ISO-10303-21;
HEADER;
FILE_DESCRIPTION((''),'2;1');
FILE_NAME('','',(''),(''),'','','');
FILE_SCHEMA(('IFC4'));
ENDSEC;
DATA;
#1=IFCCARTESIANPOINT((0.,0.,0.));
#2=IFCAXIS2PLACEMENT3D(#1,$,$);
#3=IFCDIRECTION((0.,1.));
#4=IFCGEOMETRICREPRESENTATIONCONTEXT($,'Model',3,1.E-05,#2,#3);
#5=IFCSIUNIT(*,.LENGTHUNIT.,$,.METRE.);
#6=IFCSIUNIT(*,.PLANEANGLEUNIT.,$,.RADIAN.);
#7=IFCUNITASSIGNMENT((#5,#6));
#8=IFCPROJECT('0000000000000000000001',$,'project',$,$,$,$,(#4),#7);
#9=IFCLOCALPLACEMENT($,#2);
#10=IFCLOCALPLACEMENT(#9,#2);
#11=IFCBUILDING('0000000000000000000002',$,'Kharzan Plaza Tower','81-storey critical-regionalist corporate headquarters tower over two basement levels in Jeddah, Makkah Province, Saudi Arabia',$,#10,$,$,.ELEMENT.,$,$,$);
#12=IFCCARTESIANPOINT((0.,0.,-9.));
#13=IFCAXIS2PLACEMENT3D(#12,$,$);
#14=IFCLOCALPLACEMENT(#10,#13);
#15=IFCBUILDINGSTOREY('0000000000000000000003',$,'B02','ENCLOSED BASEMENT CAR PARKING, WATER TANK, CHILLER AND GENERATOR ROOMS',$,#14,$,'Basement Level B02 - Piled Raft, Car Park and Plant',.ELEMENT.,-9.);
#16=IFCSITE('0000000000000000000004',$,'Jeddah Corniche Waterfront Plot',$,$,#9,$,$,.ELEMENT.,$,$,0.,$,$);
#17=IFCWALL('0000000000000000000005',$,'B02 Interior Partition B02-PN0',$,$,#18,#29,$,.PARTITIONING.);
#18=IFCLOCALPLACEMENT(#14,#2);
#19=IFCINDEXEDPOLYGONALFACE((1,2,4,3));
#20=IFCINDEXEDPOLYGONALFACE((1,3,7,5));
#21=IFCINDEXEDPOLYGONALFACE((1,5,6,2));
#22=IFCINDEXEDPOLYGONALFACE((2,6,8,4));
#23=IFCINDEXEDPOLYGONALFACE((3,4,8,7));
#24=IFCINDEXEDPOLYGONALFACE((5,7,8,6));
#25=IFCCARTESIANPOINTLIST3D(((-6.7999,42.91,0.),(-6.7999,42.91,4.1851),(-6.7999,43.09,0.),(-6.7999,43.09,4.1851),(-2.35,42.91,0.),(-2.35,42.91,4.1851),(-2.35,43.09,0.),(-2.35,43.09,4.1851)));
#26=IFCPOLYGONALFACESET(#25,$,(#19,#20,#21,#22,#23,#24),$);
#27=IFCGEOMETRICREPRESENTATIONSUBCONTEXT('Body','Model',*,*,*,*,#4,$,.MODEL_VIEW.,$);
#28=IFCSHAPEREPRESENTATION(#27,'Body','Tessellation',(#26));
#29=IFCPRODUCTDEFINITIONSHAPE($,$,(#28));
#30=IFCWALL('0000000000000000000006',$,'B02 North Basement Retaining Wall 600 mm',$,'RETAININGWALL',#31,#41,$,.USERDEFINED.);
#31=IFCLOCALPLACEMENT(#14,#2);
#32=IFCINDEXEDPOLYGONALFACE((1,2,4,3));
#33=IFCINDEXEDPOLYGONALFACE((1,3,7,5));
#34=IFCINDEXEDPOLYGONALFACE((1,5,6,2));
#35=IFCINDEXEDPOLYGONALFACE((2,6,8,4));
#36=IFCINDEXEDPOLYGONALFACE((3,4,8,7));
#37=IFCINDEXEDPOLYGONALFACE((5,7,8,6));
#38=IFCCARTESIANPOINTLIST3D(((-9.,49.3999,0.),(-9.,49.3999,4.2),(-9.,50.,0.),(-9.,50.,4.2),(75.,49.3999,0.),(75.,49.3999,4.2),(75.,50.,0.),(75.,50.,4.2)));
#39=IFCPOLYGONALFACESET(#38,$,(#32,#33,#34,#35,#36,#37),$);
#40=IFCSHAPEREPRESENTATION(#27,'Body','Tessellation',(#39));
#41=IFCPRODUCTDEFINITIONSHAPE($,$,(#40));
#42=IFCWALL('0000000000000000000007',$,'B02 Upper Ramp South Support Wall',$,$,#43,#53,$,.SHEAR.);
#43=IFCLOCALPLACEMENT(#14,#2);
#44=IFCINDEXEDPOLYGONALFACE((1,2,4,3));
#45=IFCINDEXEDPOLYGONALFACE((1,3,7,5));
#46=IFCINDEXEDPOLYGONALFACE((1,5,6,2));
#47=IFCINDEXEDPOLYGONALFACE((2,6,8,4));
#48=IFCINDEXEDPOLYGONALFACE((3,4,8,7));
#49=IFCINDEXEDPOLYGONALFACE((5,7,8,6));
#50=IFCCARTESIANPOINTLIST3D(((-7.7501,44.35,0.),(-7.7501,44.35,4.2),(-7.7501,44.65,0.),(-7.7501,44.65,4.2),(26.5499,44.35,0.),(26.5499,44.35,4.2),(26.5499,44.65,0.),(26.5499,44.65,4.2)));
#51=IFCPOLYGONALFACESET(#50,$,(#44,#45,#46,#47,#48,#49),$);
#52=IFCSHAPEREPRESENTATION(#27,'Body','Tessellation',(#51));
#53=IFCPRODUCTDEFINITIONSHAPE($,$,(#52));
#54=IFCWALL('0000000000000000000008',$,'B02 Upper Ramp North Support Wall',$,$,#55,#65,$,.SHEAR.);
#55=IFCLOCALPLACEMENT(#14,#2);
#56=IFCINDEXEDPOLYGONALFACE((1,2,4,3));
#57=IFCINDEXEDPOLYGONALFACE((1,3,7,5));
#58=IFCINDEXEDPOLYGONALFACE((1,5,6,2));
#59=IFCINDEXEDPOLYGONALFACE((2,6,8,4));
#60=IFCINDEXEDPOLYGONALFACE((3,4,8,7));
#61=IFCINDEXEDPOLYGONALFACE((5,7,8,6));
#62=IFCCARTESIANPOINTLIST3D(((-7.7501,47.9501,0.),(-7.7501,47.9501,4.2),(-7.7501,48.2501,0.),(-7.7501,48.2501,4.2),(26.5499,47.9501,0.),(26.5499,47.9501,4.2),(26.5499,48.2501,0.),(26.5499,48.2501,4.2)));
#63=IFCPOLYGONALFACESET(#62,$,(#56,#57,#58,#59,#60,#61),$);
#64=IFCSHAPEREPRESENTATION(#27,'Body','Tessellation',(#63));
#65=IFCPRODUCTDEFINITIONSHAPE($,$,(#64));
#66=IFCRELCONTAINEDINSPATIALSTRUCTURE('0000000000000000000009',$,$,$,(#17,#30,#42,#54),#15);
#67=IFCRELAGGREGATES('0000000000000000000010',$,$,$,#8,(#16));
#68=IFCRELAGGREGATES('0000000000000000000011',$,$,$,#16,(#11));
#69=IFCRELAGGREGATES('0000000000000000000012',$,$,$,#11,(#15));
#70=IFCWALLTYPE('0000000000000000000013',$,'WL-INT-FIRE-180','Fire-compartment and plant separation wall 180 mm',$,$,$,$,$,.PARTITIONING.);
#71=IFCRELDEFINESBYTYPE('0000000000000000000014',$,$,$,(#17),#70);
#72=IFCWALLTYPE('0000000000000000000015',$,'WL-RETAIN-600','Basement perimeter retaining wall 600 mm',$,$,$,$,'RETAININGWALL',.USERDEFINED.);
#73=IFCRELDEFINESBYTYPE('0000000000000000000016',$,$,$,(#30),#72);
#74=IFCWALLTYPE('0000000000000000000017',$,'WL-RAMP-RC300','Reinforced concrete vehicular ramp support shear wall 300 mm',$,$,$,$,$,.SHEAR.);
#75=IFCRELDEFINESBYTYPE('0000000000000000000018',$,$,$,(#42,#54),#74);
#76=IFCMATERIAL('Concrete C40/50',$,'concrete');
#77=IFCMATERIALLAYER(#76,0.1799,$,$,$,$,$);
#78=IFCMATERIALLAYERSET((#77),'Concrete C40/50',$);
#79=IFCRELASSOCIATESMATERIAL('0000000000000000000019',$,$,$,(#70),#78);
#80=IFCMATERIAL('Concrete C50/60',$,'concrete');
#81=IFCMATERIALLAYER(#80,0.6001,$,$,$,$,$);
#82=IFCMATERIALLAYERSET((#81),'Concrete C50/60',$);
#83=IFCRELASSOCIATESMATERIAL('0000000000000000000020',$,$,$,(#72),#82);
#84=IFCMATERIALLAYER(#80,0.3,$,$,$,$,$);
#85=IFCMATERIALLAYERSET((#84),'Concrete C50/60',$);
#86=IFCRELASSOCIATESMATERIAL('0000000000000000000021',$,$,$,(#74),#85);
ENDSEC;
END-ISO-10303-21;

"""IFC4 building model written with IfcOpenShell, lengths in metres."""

from ifc_helpers import new_model, si_unit, direction, frame, frame_2d, origin, place, context, subcontext, project, spatial, rectangle, extrude, source, transform, mapped, material, layer, layer_set, type_object, element, save


model = new_model("IFC4")

# Units and contexts
model_context = context("Model", 3, precision=1e-05, world=origin(), true_north=direction((0.0, 1.0)))
body_context = subcontext(model_context, "Body", "Model", "MODEL_VIEW")
ifc_project = project(units=[si_unit("LENGTHUNIT", "METRE"), si_unit("PLANEANGLEUNIT", "RADIAN")], contexts=[model_context])

# Site, building, storey
site_placement = place(None, origin())
site = spatial("IfcSite", under=ifc_project, at=site_placement, Name="Jeddah Corniche Waterfront Plot", CompositionType="ELEMENT", RefElevation=0.0)
building_placement = place(site_placement, origin())
building = spatial("IfcBuilding", under=site, at=building_placement, Name="Kharzan Plaza Tower", Description="81-storey critical-regionalist corporate headquarters tower over two basement levels in Jeddah, Makkah Province, Saudi Arabia", CompositionType="ELEMENT")
storey_placement = place(building_placement, frame((0.0, 0.0, -9.0)))
storey = spatial("IfcBuildingStorey", under=building, at=storey_placement, Name="B02", Description="ENCLOSED BASEMENT CAR PARKING, WATER TANK, CHILLER AND GENERATOR ROOMS", LongName="Basement Level B02 - Piled Raft, Car Park and Plant", CompositionType="ELEMENT", Elevation=-9.0)

# Shared definitions
ifc_material_1 = material(Name="Concrete C50/60", Category="concrete")

# Walls
ifc_material_2 = material(Name="Concrete C40/50", Category="concrete")
ifc_layer_1 = layer(ifc_material_2, 0.1799)
ifc_layer_set_1 = layer_set([ifc_layer_1], Name="Concrete C40/50")
wall_type_1 = type_object("IfcWallType", Name="WL-INT-FIRE-180", Description="Fire-compartment and plant separation wall 180 mm", PredefinedType="PARTITIONING", material=ifc_layer_set_1)
shared_shape_1 = source(origin(), body_context, "Body", "SweptSolid", [
    extrude(rectangle(XDim=4.45, YDim=0.1799, at=frame_2d((2.2251, 0.0))), origin(), (0.0, 0.0, 1.0), 4.1851),
])
wall_1_placement = place(storey_placement, frame((-6.8, 43.0, 0.0), z_axis=(0.0, 0.0, 1.0), x_axis=(1.0, 0.0, 0.0)))
element("IfcWall", 1, at=wall_1_placement, inside=storey, type_object=wall_type_1, Name="B02 Interior Partition B02-PN0", PredefinedType="PARTITIONING", context=body_context, shape_type="MappedRepresentation", body=[
    mapped(shared_shape_1, transform((0.0, 0.0, 0.0), x_axis=(1.0, 0.0, 0.0), y_axis=(0.0, 1.0, 0.0), z_axis=(0.0, 0.0, 1.0))),
])
ifc_layer_2 = layer(ifc_material_1, 0.6001)
ifc_layer_set_2 = layer_set([ifc_layer_2], Name="Concrete C50/60")
wall_type_2 = type_object("IfcWallType", Name="WL-RETAIN-600", Description="Basement perimeter retaining wall 600 mm", ElementType="RETAININGWALL", PredefinedType="USERDEFINED", material=ifc_layer_set_2)
shared_shape_2 = source(origin(), body_context, "Body", "SweptSolid", [
    extrude(rectangle(XDim=84.0, YDim=0.6001, at=frame_2d((42.0, 0.0))), origin(), (0.0, 0.0, 1.0), 4.2),
])
wall_2_placement = place(storey_placement, frame((-9.0, 49.7, 0.0), z_axis=(0.0, 0.0, 1.0), x_axis=(1.0, 0.0, 0.0)))
element("IfcWall", 2, at=wall_2_placement, inside=storey, type_object=wall_type_2, Name="B02 North Basement Retaining Wall 600 mm", ObjectType="RETAININGWALL", PredefinedType="USERDEFINED", context=body_context, shape_type="MappedRepresentation", body=[
    mapped(shared_shape_2, transform((0.0, 0.0, 0.0), x_axis=(1.0, 0.0, 0.0), y_axis=(0.0, 1.0, 0.0), z_axis=(0.0, 0.0, 1.0))),
])
ifc_layer_3 = layer(ifc_material_1, 0.3)
ifc_layer_set_3 = layer_set([ifc_layer_3], Name="Concrete C50/60")
wall_type_3 = type_object("IfcWallType", Name="WL-RAMP-RC300", Description="Reinforced concrete vehicular ramp support shear wall 300 mm", PredefinedType="SHEAR", material=ifc_layer_set_3)
shared_shape_3 = source(origin(), body_context, "Body", "SweptSolid", [
    extrude(rectangle(XDim=34.3, YDim=0.3, at=frame_2d((17.1499, 0.0))), origin(), (0.0, 0.0, 1.0), 4.2),
])
for number, where, z_axis, x_axis, name in (
    (3, (-7.75, 44.5, 0.0), (0.0, 0.0, 1.0), (1.0, 0.0, 0.0), "B02 Upper Ramp South Support Wall"),
    (4, (-7.75, 48.1001, 0.0), (0.0, 0.0, 1.0), (1.0, 0.0, 0.0), "B02 Upper Ramp North Support Wall"),
):
    element("IfcWall", number, at=place(storey_placement, frame(where, z_axis=z_axis, x_axis=x_axis)), inside=storey, type_object=wall_type_3, Name=name, PredefinedType="SHEAR", context=body_context, shape_type="MappedRepresentation", body=[
        mapped(shared_shape_3, transform((0.0, 0.0, 0.0), x_axis=(1.0, 0.0, 0.0), y_axis=(0.0, 1.0, 0.0), z_axis=(0.0, 0.0, 1.0))),
    ])

save(model, "model.ifc")
